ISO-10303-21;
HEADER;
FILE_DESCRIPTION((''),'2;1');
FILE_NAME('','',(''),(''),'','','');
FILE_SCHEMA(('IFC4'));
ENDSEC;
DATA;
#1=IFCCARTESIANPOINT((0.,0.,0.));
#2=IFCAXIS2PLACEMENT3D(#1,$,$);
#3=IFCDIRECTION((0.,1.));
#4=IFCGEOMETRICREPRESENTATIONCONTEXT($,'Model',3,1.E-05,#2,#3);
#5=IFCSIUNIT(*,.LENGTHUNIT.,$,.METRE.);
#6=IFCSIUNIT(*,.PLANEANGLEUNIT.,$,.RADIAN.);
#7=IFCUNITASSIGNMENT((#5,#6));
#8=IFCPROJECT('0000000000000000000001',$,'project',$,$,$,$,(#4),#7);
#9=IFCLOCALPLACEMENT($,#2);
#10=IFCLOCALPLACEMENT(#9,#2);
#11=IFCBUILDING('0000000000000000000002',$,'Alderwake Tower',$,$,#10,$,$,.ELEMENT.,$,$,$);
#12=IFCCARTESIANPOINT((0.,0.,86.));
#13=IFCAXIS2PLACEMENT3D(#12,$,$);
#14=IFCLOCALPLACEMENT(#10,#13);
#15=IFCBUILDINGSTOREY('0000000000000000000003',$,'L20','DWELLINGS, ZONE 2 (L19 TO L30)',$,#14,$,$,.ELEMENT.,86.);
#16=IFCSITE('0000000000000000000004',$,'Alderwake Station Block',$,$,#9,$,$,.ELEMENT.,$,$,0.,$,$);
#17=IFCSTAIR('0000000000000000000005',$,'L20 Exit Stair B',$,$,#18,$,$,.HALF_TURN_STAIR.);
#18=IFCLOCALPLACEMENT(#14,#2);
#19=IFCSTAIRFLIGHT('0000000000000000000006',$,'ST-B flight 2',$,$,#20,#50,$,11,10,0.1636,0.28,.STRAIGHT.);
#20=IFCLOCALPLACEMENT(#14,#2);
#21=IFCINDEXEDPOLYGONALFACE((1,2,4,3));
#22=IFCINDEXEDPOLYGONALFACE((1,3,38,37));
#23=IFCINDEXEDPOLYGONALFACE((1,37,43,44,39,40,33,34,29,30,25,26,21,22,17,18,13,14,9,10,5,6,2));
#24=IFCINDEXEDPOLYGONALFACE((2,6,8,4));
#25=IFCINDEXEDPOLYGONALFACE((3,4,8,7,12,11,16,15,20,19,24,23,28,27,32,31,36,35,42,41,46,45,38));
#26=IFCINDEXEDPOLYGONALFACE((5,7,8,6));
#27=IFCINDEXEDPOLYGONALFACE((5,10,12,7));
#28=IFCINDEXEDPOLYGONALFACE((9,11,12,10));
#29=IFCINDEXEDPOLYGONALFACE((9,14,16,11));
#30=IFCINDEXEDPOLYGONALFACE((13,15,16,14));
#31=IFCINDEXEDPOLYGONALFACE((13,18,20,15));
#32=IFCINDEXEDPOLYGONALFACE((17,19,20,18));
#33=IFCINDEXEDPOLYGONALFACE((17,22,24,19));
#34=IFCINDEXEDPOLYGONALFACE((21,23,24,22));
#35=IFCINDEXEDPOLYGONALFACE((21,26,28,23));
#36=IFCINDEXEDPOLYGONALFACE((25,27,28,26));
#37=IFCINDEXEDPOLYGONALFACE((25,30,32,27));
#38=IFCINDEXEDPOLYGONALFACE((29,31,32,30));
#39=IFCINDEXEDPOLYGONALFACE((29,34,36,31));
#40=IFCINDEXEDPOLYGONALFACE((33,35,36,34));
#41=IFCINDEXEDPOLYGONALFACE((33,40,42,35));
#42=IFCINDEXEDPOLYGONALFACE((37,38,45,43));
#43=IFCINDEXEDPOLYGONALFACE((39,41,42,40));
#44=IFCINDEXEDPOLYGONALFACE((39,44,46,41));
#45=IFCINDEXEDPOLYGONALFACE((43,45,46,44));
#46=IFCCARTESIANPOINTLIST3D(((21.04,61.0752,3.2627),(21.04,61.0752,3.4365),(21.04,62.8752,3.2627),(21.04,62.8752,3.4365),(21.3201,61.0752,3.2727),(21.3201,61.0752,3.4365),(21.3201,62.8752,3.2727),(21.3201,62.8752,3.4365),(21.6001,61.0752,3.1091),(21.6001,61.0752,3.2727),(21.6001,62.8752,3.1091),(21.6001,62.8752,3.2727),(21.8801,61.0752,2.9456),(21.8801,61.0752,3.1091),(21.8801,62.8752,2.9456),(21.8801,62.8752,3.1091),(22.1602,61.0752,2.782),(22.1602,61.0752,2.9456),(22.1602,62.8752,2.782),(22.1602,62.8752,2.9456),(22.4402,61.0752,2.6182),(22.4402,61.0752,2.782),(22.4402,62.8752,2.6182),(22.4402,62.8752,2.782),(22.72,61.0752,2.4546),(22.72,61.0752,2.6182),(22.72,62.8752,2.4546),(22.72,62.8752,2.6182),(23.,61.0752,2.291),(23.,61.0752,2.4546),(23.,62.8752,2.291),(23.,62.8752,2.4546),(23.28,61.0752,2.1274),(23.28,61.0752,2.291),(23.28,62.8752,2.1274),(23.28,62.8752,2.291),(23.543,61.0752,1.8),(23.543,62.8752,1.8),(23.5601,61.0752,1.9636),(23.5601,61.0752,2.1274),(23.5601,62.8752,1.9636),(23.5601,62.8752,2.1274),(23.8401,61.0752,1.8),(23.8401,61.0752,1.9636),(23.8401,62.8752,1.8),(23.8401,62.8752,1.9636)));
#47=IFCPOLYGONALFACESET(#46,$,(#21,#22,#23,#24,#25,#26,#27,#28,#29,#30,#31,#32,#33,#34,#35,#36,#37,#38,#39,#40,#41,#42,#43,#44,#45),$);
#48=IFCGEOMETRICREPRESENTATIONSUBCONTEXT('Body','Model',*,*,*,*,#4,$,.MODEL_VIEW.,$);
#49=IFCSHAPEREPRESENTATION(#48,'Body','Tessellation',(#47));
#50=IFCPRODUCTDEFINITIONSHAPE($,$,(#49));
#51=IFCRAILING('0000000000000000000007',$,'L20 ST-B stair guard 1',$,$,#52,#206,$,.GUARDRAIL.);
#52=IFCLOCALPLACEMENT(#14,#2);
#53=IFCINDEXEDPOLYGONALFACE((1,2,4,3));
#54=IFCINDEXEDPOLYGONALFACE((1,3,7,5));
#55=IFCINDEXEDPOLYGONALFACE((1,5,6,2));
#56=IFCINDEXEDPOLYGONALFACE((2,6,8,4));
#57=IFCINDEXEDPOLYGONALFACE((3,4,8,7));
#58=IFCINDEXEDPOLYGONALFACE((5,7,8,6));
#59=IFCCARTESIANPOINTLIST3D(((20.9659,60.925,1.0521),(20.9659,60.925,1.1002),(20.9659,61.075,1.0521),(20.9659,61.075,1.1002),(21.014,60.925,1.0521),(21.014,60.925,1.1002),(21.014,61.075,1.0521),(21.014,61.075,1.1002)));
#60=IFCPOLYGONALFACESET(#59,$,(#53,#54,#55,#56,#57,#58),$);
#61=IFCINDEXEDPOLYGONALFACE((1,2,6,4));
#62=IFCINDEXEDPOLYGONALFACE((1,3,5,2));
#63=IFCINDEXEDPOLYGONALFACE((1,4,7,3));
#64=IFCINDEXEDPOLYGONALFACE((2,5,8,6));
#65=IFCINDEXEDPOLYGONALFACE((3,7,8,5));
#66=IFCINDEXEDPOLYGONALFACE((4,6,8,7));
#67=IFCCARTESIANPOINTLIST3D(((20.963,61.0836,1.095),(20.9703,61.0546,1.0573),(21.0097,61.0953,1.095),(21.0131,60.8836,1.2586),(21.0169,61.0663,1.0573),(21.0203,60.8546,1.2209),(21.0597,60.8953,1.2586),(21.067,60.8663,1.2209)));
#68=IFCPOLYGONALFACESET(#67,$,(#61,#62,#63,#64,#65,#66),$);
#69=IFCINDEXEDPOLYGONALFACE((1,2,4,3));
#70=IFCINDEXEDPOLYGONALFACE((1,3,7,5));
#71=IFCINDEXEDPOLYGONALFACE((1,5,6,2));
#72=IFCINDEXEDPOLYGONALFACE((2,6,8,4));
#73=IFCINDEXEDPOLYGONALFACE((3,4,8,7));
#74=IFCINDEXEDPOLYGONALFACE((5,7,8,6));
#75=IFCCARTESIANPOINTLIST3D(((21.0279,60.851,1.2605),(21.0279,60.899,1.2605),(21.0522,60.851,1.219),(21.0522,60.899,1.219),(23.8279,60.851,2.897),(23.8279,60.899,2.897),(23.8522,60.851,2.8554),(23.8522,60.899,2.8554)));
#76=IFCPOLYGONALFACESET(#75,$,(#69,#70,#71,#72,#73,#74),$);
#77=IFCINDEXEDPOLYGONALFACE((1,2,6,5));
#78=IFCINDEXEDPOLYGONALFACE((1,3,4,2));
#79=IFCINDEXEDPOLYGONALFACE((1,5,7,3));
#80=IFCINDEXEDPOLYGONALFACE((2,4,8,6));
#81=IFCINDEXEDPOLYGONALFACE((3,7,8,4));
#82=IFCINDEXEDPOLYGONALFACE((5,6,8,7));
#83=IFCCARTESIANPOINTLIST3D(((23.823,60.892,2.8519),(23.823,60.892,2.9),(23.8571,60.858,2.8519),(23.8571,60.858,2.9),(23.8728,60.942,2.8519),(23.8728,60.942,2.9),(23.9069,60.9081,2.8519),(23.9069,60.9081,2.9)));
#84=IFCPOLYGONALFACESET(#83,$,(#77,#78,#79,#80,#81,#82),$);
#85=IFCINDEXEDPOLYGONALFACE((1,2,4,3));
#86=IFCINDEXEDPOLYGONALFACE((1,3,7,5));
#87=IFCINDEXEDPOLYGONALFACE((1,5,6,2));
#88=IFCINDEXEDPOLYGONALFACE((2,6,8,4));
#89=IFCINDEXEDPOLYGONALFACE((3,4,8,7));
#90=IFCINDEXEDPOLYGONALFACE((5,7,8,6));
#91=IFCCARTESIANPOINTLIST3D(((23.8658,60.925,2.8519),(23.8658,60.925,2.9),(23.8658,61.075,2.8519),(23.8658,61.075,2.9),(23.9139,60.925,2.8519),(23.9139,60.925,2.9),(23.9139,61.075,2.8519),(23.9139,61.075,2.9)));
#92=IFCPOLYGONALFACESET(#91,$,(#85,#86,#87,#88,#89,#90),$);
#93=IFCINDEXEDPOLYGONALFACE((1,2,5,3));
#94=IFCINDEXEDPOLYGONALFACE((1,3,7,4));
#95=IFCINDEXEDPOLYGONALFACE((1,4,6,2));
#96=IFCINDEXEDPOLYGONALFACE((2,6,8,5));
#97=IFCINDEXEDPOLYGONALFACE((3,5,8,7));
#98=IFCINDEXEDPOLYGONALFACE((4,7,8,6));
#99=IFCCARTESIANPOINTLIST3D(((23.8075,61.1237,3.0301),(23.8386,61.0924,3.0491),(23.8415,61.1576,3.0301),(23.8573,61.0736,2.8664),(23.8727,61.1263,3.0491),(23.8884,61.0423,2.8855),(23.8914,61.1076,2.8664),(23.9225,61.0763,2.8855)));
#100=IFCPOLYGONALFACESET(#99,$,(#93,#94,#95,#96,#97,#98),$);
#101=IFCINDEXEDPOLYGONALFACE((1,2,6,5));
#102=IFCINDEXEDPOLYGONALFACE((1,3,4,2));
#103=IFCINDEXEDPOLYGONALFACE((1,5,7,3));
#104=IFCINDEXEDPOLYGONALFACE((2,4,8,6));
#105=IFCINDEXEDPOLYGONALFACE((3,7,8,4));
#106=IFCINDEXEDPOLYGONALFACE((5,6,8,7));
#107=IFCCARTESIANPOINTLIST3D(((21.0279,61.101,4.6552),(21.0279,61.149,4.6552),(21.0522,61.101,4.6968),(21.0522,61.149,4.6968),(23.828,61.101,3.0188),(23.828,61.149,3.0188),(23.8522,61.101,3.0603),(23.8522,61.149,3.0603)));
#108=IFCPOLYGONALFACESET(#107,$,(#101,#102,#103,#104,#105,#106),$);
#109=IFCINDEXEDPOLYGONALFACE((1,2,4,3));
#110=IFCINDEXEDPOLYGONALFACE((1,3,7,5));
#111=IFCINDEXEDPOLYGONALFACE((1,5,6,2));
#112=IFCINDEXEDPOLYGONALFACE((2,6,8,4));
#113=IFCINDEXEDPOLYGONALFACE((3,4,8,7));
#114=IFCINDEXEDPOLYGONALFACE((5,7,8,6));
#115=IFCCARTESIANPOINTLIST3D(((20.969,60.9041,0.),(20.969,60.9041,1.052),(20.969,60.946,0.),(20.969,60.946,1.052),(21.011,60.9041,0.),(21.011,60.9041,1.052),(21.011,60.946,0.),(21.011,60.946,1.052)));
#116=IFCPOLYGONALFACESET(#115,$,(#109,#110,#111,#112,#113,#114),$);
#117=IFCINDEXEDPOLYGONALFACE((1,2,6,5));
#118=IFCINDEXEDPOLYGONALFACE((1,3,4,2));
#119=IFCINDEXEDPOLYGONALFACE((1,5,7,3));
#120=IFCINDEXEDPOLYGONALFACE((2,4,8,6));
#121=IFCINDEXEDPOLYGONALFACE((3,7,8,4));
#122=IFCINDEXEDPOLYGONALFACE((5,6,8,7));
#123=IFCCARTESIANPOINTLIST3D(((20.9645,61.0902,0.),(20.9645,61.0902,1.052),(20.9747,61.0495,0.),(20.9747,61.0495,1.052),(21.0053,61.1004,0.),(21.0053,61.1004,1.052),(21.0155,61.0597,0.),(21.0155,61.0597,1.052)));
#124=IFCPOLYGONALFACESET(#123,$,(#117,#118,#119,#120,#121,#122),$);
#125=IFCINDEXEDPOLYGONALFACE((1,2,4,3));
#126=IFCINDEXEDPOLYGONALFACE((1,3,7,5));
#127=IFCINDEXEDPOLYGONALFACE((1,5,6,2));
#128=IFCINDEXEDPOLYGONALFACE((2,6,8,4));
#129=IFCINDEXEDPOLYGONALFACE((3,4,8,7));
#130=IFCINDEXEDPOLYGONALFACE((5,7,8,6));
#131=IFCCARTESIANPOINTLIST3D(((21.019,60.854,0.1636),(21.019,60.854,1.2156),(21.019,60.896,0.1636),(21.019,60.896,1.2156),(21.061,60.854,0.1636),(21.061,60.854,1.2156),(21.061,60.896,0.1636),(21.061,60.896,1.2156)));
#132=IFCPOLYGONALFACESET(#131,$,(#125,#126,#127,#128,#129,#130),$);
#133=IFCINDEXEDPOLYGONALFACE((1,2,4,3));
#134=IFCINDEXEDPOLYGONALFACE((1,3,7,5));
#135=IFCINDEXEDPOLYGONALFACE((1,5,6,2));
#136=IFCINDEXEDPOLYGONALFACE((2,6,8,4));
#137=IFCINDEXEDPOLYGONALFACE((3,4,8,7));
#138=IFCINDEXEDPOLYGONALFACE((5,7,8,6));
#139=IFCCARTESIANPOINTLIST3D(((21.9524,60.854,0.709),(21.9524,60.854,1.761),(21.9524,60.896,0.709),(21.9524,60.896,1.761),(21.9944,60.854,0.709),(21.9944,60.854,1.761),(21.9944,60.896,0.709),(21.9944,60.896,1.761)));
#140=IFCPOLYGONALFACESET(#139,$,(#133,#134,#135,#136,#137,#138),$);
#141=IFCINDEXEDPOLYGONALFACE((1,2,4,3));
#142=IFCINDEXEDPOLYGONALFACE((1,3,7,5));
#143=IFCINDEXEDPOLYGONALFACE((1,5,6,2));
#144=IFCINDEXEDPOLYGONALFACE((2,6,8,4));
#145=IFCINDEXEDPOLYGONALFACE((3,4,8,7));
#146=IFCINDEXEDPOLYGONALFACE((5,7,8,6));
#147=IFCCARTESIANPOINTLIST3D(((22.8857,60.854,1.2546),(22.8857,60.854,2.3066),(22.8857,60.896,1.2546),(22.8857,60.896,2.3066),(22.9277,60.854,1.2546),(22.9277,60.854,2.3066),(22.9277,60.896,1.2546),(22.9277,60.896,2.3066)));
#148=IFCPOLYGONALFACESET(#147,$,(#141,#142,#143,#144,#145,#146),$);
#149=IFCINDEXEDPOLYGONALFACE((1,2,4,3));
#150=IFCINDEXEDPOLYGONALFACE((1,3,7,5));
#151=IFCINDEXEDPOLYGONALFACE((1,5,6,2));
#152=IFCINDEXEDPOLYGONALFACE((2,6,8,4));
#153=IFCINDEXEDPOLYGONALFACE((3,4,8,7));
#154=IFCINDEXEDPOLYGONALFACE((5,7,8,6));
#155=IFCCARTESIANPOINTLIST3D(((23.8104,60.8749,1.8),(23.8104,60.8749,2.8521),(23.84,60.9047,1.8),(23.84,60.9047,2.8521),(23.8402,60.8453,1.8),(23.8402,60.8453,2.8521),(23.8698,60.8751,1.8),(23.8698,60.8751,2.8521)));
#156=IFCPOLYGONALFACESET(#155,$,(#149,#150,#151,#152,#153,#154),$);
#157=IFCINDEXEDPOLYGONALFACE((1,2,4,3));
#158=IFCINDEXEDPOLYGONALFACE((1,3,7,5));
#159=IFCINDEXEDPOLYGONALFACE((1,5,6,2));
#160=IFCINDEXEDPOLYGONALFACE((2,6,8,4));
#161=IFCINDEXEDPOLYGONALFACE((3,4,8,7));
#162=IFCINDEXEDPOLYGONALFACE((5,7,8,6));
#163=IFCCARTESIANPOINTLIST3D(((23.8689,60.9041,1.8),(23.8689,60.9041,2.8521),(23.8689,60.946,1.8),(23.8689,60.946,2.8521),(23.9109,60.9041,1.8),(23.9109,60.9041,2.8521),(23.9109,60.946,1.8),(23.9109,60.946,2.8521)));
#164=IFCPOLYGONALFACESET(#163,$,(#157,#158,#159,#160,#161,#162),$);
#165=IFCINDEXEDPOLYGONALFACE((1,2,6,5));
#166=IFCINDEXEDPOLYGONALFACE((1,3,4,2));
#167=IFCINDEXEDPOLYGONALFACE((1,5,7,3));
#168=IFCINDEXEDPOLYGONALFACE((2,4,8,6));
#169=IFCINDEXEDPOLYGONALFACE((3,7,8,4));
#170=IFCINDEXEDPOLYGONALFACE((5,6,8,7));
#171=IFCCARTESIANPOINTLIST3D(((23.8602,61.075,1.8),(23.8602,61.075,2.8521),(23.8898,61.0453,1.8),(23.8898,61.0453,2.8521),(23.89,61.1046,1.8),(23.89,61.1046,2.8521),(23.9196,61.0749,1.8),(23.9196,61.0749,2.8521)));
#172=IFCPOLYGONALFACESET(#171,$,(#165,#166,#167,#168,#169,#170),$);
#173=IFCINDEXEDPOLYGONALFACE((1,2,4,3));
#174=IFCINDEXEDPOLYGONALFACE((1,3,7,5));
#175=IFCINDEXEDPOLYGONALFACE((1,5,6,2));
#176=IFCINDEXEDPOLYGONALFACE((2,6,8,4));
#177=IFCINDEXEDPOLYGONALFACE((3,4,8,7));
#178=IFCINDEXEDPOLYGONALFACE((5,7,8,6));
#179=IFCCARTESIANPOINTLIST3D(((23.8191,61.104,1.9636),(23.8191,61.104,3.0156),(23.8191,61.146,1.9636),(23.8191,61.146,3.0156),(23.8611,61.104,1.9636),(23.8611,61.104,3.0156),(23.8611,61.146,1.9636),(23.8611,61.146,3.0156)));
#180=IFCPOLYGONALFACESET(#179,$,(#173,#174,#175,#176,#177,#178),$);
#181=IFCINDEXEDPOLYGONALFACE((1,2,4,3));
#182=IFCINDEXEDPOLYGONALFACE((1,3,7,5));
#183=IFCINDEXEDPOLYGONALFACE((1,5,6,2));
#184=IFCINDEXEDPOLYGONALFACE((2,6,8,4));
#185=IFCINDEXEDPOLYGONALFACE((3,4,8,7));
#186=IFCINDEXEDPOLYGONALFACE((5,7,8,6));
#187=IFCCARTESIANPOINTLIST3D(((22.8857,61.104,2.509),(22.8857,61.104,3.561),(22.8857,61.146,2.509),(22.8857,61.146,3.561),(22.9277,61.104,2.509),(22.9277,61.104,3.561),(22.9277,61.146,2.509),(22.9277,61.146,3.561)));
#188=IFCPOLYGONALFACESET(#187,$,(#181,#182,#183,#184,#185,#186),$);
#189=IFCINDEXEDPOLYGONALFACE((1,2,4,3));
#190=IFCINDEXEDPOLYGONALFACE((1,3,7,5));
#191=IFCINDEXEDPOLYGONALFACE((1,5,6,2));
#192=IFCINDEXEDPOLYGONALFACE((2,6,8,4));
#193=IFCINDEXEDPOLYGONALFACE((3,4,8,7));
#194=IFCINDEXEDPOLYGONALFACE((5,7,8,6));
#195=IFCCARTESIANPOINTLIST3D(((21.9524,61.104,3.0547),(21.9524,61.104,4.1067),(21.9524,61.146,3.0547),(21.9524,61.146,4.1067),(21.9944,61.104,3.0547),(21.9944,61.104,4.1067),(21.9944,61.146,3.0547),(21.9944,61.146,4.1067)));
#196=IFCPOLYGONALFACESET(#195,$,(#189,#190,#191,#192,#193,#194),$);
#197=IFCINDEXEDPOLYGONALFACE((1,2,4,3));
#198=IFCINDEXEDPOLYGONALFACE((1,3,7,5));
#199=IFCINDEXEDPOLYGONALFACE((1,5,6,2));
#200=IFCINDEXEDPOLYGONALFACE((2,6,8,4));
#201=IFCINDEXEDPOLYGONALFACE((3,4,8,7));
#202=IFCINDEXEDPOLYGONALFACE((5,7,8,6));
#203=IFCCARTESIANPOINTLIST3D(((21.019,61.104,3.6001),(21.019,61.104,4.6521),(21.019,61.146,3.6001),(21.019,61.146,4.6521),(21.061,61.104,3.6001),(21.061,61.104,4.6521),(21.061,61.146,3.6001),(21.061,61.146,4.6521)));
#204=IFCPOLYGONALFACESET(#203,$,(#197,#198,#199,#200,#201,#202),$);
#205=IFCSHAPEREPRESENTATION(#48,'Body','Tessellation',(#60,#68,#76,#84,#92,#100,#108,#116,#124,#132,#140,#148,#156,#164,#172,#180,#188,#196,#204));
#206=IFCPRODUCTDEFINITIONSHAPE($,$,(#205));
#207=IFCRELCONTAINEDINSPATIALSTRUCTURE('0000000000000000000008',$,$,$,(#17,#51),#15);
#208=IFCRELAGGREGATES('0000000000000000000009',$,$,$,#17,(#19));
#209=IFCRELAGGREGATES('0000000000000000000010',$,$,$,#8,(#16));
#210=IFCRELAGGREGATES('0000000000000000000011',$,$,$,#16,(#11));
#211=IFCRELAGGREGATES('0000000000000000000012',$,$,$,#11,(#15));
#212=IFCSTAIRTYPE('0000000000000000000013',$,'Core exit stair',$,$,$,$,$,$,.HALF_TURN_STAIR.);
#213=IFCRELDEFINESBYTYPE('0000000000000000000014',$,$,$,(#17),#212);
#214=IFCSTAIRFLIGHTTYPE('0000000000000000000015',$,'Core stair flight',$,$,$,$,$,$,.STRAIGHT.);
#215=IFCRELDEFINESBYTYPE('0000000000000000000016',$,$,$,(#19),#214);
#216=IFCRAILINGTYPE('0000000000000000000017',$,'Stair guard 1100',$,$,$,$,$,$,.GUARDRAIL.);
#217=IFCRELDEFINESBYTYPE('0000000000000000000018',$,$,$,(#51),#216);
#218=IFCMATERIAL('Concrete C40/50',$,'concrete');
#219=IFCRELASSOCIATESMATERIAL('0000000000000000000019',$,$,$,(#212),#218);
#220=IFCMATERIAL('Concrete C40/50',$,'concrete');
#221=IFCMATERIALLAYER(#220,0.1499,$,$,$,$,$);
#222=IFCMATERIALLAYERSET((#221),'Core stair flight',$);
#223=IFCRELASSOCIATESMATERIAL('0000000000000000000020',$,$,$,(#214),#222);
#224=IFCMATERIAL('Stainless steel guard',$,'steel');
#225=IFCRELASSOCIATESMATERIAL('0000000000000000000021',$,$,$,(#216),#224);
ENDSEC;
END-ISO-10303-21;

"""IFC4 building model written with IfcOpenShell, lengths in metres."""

from ifc_helpers import new_model, si_unit, direction, frame, origin, origin_2d, place, context, subcontext, project, spatial, polyline, rectangle, outline, extrude, material, layer, layer_set, type_object, element, aggregate, save


model = new_model("IFC4")

# Units and contexts
model_context = context("Model", 3, precision=1e-05, world=origin(), true_north=direction((0.0, 1.0)))
body_context = subcontext(model_context, "Body", "Model", "MODEL_VIEW")
ifc_project = project(units=[si_unit("LENGTHUNIT", "METRE"), si_unit("PLANEANGLEUNIT", "RADIAN")], contexts=[model_context])

# Site, building, storey
site_placement = place(None, origin())
site = spatial("IfcSite", under=ifc_project, at=site_placement, Name="Alderwake Station Block", CompositionType="ELEMENT", RefElevation=0.0)
building_placement = place(site_placement, origin())
building = spatial("IfcBuilding", under=site, at=building_placement, Name="Alderwake Tower", CompositionType="ELEMENT")
storey_placement = place(building_placement, frame((0.0, 0.0, 86.0)))
storey = spatial("IfcBuildingStorey", under=building, at=storey_placement, Name="L20", Description="DWELLINGS, ZONE 2 (L19 TO L30)", CompositionType="ELEMENT", Elevation=86.0)

# Stair, stair flight
ifc_material_1 = material(Name="Concrete C40/50", Category="concrete")
stair_type = type_object("IfcStairType", Name="Core exit stair", PredefinedType="HALF_TURN_STAIR", material=ifc_material_1)
stair_placement = place(storey_placement, origin())
stair = element("IfcStair", 1, at=stair_placement, inside=storey, type_object=stair_type, Name="L20 Exit Stair B", PredefinedType="HALF_TURN_STAIR")
ifc_material_2 = material(Name="Concrete C40/50", Category="concrete")
ifc_layer_1 = layer(ifc_material_2, 0.1499)
ifc_layer_set_1 = layer_set([ifc_layer_1], Name="Core stair flight")
stair_flight_type = type_object("IfcStairFlightType", Name="Core stair flight", PredefinedType="STRAIGHT", material=ifc_layer_set_1)
stair_flight_1_placement = place(storey_placement, frame((23.8401, 61.9751, 1.8), z_axis=(0.0, 0.0, 1.0), x_axis=(-1.0, 0.0, 0.0)))
stair_flight_1 = element("IfcStairFlight", 2, at=stair_flight_1_placement, type_object=stair_flight_type, Name="ST-B flight 2", NumberOfRisers=11, NumberOfTreads=10, PredefinedType="STRAIGHT", RiserHeight=0.1636, TreadLength=0.28, context=body_context, shape_type="SweptSolid", body=[
    extrude(outline(polyline([(0.0, 0.0), (0.0, 0.1636), (0.28, 0.1636), (0.28, 0.3274), (0.5601, 0.3274), (0.5601, 0.491), (0.8401, 0.491), (0.8401, 0.6545), (1.1201, 0.6545), (1.1201, 0.8181), (1.3999, 0.8181), (1.3999, 0.9819), (1.6799, 0.9819), (1.6799, 1.1455), (1.96, 1.1455), (1.96, 1.3091), (2.24, 1.3091), (2.24, 1.4727), (2.52, 1.4727), (2.52, 1.6365), (2.8, 1.6365), (2.8, 1.8), (2.8, 1.4626), (0.2971, 0.0), (0.0, 0.0)])), frame((0.0, 0.8999, 0.0), z_axis=(0.0, -1.0, 0.0), x_axis=(1.0, 0.0, 0.0)), (0.0, 0.0, 1.0), 1.8),
])
aggregate(stair, [stair_flight_1])

# Railing
ifc_material_3 = material(Name="Stainless steel guard", Category="steel")
railing_type_1 = type_object("IfcRailingType", Name="Stair guard 1100", PredefinedType="GUARDRAIL", material=ifc_material_3)
railing_1_placement = place(storey_placement, frame((20.99, 60.925, 0.0)))
element("IfcRailing", 3, at=railing_1_placement, inside=storey, type_object=railing_type_1, Name="L20 ST-B stair guard 1", PredefinedType="GUARDRAIL", context=body_context, shape_type="SweptSolid", body=[
    extrude(rectangle(XDim=0.0481, YDim=0.0481, at=origin_2d()), frame((0.0, 0.0, 1.0762), z_axis=(0.0, 1.0, 0.0), x_axis=(-1.0, 0.0, 0.0)), (0.0, 0.0, 1.0), 0.1499),
    extrude(rectangle(XDim=0.0481, YDim=0.0481, at=origin_2d()), frame((0.0, 0.1499, 1.0762), z_axis=(0.1902, -0.75987, 0.621628), x_axis=(0.970073, 0.242814, 0.0)), (0.0, 0.0, 1.0), 0.2632),
    extrude(rectangle(XDim=0.0481, YDim=0.0481, at=origin_2d()), frame((0.05, -0.05, 1.2397), z_axis=(0.863361, 0.0, 0.504587), x_axis=(0.0, 1.0, 0.0)), (0.0, 0.0, 1.0), 3.2432),
    extrude(rectangle(XDim=0.0481, YDim=0.0481, at=origin_2d()), frame((2.8501, -0.05, 2.876), z_axis=(0.705376, 0.708834, 0.0), x_axis=(-0.708834, 0.705376, 0.0)), (0.0, 0.0, 1.0), 0.0706),
    extrude(rectangle(XDim=0.0481, YDim=0.0481, at=origin_2d()), frame((2.8999, 0.0, 2.876), z_axis=(0.0, 1.0, 0.0), x_axis=(-1.0, 0.0, 0.0)), (0.0, 0.0, 1.0), 0.1499),
    extrude(rectangle(XDim=0.0481, YDim=0.0481, at=origin_2d()), frame((2.8999, 0.1499, 2.876), z_axis=(-0.279546, 0.280917, 0.918118), x_axis=(-0.708834, -0.705376, 0.0)), (0.0, 0.0, 1.0), 0.1782),
    extrude(rectangle(XDim=0.0481, YDim=0.0481, at=origin_2d()), frame((2.8501, 0.2, 3.0396), z_axis=(-0.863361, 0.0, 0.504587), x_axis=(0.0, -1.0, 0.0)), (0.0, 0.0, 1.0), 3.2432),
    extrude(rectangle(XDim=0.042, YDim=0.042, at=origin_2d()), frame((0.0, 0.0, 0.0), z_axis=(0.0, 0.0, 1.0), x_axis=(0.0, 1.0, 0.0)), (0.0, 0.0, 1.0), 1.052),
    extrude(rectangle(XDim=0.042, YDim=0.042, at=origin_2d()), frame((0.0, 0.1499, 0.0), z_axis=(0.0, 0.0, 1.0), x_axis=(0.242814, -0.970073, 0.0)), (0.0, 0.0, 1.0), 1.052),
    extrude(rectangle(XDim=0.042, YDim=0.042, at=origin_2d()), frame((0.05, -0.05, 0.1636), z_axis=(0.0, 0.0, 1.0), x_axis=(1.0, 0.0, 0.0)), (0.0, 0.0, 1.0), 1.052),
    extrude(rectangle(XDim=0.042, YDim=0.042, at=origin_2d()), frame((0.9834, -0.05, 0.709), z_axis=(0.0, 0.0, 1.0), x_axis=(1.0, 0.0, 0.0)), (0.0, 0.0, 1.0), 1.052),
    extrude(rectangle(XDim=0.042, YDim=0.042, at=origin_2d()), frame((1.9167, -0.05, 1.2546), z_axis=(0.0, 0.0, 1.0), x_axis=(1.0, 0.0, 0.0)), (0.0, 0.0, 1.0), 1.052),
    extrude(rectangle(XDim=0.042, YDim=0.042, at=origin_2d()), frame((2.8501, -0.05, 1.8), z_axis=(0.0, 0.0, 1.0), x_axis=(0.705376, 0.708834, 0.0)), (0.0, 0.0, 1.0), 1.052),
    extrude(rectangle(XDim=0.042, YDim=0.042, at=origin_2d()), frame((2.8999, 0.0, 1.8), z_axis=(0.0, 0.0, 1.0), x_axis=(0.0, 1.0, 0.0)), (0.0, 0.0, 1.0), 1.052),
    extrude(rectangle(XDim=0.042, YDim=0.042, at=origin_2d()), frame((2.8999, 0.1499, 1.8), z_axis=(0.0, 0.0, 1.0), x_axis=(-0.705376, 0.708834, 0.0)), (0.0, 0.0, 1.0), 1.052),
    extrude(rectangle(XDim=0.042, YDim=0.042, at=origin_2d()), frame((2.8501, 0.2, 1.9636), z_axis=(0.0, 0.0, 1.0), x_axis=(-1.0, 0.0, 0.0)), (0.0, 0.0, 1.0), 1.052),
    extrude(rectangle(XDim=0.042, YDim=0.042, at=origin_2d()), frame((1.9167, 0.2, 2.509), z_axis=(0.0, 0.0, 1.0), x_axis=(-1.0, 0.0, 0.0)), (0.0, 0.0, 1.0), 1.052),
    extrude(rectangle(XDim=0.042, YDim=0.042, at=origin_2d()), frame((0.9834, 0.2, 3.0547), z_axis=(0.0, 0.0, 1.0), x_axis=(-1.0, 0.0, 0.0)), (0.0, 0.0, 1.0), 1.052),
    extrude(rectangle(XDim=0.042, YDim=0.042, at=origin_2d()), frame((0.05, 0.2, 3.6001), z_axis=(0.0, 0.0, 1.0), x_axis=(-1.0, 0.0, 0.0)), (0.0, 0.0, 1.0), 1.052),
])

save(model, "model.ifc")
